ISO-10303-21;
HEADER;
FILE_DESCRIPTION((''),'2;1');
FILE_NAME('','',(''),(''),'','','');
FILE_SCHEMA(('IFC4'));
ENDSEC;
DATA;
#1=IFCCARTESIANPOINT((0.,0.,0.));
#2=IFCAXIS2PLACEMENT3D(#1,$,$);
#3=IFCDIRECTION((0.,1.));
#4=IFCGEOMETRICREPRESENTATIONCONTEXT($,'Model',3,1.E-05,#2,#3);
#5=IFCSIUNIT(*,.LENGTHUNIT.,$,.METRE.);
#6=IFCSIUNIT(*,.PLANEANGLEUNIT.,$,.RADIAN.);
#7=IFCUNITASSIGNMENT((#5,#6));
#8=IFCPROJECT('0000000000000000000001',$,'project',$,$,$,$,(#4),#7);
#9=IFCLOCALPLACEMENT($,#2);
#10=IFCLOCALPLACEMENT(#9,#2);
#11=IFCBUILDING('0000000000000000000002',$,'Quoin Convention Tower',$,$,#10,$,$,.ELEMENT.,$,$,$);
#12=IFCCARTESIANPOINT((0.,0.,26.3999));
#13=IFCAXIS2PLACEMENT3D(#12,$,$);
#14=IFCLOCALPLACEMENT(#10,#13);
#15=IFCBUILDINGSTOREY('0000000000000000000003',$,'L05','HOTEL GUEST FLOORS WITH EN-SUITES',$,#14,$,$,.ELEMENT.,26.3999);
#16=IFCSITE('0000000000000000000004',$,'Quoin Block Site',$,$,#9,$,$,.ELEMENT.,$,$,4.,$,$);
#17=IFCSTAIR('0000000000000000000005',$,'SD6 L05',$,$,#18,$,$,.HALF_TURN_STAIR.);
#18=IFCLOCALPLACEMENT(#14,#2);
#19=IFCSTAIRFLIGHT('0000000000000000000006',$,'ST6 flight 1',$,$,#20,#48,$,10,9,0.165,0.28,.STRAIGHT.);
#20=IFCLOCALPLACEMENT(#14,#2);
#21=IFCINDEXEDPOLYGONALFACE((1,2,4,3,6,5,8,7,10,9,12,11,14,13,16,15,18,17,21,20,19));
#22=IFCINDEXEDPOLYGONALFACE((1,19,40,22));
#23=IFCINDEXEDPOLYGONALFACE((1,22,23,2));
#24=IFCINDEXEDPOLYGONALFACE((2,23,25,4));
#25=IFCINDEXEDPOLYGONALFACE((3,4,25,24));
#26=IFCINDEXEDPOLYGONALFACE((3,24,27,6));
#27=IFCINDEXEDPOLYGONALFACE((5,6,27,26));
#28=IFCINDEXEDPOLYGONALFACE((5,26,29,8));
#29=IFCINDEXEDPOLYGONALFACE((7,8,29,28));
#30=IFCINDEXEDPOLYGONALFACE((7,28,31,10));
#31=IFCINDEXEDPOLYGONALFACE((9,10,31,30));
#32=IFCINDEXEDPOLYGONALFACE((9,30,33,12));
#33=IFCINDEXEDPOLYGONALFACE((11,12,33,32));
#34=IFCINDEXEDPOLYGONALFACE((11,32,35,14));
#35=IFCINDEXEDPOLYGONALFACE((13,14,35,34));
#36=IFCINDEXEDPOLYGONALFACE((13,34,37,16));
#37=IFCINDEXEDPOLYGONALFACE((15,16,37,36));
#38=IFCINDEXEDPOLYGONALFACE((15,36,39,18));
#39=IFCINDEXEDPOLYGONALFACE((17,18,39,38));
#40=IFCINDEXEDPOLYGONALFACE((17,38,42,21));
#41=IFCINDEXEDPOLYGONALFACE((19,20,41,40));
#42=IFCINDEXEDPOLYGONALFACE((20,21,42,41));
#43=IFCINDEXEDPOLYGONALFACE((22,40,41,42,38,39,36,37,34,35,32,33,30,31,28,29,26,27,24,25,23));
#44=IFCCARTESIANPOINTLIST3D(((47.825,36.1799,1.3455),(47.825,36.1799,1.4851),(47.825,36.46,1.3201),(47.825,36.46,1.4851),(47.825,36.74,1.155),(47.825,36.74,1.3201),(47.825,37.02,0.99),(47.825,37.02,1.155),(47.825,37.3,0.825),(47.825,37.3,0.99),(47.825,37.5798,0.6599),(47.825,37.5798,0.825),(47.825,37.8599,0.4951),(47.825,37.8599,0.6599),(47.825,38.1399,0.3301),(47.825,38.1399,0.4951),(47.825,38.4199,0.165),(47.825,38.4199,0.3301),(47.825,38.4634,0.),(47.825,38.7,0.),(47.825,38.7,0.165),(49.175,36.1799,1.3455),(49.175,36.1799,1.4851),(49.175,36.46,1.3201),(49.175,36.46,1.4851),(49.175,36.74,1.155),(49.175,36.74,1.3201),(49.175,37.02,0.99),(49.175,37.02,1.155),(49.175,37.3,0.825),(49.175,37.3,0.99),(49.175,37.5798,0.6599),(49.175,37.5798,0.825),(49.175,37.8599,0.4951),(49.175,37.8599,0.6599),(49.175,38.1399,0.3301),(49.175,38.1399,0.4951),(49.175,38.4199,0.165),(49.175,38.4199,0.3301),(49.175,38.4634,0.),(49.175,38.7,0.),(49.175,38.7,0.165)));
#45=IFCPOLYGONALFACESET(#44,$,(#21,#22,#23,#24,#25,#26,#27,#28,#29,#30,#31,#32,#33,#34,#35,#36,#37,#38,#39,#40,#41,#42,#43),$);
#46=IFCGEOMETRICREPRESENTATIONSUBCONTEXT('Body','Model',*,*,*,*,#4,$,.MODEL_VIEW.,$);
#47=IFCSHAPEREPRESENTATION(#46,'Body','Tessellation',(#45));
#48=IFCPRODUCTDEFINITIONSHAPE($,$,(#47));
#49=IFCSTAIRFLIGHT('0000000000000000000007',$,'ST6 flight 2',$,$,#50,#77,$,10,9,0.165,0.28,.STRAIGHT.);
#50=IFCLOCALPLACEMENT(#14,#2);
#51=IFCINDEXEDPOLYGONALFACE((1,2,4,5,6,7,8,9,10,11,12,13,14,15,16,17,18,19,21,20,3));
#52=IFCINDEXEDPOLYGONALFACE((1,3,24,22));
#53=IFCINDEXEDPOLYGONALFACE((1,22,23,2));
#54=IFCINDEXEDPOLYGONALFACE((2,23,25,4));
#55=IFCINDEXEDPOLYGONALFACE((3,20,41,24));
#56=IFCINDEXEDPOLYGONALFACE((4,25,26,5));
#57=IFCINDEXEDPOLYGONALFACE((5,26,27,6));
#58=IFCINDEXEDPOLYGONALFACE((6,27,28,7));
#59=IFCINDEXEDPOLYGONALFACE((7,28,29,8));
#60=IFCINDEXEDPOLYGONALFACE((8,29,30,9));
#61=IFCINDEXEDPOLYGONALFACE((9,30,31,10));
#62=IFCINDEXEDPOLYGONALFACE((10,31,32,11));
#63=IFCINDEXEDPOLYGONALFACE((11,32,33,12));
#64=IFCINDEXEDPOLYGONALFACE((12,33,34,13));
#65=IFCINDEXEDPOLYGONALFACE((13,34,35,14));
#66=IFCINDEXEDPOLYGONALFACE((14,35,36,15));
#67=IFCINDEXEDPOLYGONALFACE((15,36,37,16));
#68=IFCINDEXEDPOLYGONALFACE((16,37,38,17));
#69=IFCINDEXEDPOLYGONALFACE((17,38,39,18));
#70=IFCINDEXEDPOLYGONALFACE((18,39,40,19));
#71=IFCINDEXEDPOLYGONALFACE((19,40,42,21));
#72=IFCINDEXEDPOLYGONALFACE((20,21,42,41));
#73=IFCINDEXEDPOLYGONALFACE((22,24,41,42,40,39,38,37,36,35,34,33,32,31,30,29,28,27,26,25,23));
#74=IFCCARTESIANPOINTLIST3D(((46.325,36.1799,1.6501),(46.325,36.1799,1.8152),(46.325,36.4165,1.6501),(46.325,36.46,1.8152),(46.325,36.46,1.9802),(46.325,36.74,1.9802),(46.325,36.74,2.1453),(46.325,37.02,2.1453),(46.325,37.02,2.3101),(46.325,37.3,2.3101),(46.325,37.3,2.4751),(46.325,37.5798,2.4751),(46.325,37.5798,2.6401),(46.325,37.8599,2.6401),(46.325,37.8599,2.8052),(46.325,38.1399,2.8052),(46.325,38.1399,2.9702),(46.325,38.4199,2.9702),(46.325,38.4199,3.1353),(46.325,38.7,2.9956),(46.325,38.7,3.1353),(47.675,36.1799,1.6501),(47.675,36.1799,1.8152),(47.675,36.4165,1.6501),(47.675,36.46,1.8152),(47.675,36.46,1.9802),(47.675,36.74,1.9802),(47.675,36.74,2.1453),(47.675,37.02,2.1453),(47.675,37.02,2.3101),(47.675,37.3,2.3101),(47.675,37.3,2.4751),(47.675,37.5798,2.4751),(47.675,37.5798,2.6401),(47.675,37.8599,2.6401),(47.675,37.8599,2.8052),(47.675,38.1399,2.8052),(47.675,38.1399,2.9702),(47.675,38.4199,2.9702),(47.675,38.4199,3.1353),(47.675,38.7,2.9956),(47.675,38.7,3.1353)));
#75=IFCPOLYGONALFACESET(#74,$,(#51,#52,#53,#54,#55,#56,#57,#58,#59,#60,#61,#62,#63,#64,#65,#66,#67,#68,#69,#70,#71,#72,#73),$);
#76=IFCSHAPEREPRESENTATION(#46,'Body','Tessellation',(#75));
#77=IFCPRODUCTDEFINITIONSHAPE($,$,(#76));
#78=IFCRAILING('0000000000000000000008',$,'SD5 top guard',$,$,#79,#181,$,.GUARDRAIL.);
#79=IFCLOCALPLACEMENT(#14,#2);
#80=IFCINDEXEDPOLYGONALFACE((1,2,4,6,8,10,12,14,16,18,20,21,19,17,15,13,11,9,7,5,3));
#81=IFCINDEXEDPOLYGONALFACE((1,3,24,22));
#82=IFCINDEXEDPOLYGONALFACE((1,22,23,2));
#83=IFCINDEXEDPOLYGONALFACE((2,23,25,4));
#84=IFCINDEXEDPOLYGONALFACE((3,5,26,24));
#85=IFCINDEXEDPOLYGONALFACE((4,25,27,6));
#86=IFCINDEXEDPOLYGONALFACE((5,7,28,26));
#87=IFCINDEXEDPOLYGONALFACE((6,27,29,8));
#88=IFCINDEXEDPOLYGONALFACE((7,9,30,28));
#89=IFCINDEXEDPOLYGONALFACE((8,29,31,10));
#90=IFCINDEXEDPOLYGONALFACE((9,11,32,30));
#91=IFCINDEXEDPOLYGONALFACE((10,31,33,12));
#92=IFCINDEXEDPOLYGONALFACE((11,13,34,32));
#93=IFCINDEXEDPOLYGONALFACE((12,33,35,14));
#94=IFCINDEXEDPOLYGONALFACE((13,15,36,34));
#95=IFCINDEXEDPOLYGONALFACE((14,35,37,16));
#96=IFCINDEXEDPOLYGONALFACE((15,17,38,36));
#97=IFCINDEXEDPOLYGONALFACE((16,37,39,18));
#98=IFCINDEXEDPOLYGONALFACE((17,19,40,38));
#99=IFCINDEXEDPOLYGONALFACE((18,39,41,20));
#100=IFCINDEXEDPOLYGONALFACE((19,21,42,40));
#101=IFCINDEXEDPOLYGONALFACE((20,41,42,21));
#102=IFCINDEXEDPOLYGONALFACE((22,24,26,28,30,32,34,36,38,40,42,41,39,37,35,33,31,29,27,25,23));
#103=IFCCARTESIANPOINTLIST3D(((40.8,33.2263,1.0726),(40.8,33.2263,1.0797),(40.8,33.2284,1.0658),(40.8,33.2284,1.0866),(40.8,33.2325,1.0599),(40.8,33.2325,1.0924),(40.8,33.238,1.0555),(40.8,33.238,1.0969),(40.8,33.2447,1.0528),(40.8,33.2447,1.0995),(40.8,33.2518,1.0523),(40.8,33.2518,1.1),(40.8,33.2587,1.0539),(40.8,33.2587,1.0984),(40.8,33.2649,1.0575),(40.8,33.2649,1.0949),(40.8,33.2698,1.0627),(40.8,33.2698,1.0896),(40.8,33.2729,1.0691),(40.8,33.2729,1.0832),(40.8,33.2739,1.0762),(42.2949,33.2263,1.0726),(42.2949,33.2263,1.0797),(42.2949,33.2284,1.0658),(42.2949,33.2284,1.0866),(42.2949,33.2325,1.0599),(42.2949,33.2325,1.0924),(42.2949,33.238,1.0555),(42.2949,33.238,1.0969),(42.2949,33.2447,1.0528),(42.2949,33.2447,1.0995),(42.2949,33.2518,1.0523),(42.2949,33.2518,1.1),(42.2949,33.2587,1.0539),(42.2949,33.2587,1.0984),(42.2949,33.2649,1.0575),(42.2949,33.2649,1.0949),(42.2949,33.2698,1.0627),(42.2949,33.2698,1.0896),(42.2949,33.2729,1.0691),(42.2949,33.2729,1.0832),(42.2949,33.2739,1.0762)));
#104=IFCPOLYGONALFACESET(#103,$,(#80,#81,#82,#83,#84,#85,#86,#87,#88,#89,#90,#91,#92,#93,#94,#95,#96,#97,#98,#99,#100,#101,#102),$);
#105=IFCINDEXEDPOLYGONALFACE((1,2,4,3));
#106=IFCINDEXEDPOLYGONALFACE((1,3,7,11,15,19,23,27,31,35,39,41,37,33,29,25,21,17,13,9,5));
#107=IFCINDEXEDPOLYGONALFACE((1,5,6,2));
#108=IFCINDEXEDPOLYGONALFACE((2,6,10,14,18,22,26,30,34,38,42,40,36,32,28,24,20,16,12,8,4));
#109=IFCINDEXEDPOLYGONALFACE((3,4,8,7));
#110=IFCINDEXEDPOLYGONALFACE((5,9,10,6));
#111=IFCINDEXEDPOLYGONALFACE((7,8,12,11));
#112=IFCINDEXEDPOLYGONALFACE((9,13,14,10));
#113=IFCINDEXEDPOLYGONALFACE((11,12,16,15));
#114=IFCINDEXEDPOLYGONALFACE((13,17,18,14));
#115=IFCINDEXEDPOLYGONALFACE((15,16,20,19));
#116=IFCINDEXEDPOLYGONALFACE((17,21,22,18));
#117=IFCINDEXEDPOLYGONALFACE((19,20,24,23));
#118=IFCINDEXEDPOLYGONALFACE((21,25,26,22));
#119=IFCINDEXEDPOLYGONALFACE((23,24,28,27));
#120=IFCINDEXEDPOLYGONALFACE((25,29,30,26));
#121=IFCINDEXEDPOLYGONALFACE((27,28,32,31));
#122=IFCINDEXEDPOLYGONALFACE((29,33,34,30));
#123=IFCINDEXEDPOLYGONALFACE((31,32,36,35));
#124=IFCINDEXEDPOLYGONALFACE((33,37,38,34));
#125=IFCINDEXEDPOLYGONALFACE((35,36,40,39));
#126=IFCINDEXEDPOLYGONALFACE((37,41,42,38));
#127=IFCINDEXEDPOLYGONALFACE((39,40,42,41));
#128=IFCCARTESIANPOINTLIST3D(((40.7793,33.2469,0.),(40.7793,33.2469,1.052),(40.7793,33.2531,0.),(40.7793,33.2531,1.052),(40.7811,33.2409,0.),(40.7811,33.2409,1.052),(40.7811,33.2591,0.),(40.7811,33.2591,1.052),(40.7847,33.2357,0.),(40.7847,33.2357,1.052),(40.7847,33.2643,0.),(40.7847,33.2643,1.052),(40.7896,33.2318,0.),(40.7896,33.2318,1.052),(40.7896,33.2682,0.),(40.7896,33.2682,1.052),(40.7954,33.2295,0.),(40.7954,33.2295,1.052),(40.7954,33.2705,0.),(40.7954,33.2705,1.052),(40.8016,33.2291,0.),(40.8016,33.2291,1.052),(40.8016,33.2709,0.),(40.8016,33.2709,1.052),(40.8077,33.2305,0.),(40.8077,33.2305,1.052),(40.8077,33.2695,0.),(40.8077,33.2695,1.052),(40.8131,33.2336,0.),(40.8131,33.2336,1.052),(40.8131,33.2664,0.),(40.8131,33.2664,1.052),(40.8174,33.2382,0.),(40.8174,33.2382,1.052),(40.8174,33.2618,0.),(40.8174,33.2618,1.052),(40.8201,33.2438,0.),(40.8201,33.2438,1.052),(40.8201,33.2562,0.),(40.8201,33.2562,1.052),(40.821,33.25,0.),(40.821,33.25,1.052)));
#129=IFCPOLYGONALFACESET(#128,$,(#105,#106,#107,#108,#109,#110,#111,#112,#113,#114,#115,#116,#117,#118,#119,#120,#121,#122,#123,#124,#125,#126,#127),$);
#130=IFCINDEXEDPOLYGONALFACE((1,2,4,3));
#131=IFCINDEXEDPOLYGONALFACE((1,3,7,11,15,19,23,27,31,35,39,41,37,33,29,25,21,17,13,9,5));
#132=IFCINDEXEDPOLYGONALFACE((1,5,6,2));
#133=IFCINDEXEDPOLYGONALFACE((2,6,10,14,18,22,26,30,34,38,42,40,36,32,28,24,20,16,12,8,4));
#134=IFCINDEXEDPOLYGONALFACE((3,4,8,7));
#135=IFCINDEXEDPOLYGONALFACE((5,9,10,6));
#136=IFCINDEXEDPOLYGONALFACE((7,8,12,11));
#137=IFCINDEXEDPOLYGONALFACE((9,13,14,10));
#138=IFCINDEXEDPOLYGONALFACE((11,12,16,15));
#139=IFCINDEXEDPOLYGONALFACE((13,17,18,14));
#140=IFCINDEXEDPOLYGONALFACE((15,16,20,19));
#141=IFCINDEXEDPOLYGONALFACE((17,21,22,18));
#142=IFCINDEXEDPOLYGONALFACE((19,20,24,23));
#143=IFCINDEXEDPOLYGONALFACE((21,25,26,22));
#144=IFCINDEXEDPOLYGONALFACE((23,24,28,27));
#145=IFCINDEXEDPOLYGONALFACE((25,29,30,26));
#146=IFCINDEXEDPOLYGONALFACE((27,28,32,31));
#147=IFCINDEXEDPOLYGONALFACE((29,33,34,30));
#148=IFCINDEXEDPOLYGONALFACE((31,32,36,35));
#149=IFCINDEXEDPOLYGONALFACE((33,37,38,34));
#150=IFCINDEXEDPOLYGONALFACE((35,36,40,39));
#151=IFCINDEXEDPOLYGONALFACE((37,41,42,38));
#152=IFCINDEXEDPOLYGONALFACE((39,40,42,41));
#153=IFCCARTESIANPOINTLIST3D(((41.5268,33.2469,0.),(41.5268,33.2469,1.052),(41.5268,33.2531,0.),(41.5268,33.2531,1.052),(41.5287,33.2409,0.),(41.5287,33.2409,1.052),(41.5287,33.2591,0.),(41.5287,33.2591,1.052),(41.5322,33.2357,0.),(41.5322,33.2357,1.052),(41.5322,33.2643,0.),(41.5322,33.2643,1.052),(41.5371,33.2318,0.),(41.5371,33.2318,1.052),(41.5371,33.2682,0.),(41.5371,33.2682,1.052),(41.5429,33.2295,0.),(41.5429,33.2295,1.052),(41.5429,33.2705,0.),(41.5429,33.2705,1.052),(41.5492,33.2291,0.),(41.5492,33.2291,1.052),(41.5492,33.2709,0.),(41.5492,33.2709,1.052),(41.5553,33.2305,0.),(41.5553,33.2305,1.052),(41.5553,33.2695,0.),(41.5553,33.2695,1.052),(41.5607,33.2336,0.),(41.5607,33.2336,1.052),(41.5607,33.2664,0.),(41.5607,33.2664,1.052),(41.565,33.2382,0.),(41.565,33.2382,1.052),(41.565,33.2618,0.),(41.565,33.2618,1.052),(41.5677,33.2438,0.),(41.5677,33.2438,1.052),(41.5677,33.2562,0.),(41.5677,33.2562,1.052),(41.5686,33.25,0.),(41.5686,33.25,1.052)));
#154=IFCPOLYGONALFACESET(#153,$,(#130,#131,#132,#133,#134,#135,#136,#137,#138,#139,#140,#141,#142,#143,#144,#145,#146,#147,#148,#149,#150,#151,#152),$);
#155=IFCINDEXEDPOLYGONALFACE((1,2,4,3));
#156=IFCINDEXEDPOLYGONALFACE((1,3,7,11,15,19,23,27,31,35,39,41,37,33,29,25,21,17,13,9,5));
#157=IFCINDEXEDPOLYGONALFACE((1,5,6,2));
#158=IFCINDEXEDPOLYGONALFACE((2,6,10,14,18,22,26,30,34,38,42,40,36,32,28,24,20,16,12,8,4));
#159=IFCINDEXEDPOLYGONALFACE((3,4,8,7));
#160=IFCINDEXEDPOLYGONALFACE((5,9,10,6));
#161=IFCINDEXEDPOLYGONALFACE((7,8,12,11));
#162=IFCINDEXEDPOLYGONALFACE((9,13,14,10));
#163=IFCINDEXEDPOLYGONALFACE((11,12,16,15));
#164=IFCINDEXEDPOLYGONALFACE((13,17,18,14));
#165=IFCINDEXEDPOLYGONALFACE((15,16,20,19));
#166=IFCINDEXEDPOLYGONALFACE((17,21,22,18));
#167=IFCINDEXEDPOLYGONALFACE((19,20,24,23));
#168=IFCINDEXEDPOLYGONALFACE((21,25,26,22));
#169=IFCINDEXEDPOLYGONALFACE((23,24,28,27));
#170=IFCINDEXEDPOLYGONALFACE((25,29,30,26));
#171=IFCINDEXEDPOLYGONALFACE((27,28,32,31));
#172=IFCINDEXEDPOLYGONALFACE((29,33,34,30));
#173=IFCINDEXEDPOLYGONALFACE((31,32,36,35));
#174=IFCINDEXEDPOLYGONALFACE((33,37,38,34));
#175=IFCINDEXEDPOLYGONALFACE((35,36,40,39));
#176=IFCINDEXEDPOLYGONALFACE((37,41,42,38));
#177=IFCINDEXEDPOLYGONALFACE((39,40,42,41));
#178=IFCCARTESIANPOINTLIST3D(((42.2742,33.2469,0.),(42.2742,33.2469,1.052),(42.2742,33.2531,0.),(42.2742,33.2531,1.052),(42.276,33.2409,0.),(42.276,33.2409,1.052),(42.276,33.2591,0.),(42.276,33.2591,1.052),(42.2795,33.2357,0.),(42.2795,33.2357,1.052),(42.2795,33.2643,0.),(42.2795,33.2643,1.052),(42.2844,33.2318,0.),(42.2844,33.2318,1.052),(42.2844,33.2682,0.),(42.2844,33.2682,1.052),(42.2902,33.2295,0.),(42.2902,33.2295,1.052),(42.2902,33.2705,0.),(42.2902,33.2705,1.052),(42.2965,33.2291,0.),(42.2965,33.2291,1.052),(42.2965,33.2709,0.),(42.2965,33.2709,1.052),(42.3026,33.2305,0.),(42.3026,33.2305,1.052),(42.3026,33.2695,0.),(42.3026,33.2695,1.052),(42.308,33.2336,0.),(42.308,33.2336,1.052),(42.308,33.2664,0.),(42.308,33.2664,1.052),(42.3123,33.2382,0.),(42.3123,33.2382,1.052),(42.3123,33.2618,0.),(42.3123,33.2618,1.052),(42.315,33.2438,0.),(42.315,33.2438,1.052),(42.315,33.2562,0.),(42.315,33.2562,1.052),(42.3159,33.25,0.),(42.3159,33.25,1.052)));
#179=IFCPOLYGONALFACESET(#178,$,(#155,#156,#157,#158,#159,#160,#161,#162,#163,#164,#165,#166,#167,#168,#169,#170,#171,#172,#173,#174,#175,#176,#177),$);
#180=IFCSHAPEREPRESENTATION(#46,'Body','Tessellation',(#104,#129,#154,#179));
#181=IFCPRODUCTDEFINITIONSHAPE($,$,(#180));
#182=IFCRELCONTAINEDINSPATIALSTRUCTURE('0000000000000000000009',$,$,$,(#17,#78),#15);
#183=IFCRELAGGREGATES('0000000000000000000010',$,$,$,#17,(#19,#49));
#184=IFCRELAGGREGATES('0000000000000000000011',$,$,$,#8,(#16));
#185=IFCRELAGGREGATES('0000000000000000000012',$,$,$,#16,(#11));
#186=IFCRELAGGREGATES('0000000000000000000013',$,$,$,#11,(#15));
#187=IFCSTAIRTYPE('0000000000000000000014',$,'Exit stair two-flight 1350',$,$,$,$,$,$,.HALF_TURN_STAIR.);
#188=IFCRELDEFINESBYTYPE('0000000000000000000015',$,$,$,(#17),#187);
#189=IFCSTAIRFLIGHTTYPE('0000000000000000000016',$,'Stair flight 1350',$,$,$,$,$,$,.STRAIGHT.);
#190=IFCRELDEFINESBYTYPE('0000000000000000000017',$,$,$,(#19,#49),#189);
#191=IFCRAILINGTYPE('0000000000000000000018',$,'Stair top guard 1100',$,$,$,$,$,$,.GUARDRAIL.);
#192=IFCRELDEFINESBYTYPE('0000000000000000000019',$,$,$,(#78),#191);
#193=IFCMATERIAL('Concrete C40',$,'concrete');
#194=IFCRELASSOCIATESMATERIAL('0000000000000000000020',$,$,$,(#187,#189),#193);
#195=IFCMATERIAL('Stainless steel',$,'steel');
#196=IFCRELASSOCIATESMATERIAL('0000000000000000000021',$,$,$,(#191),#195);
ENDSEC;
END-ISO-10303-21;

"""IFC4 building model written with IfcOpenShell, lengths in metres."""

from ifc_helpers import new_model, si_unit, direction, frame, origin, origin_2d, place, context, subcontext, project, spatial, polyline, circle, outline, extrude, material, type_object, element, aggregate, save


model = new_model("IFC4")

# Units and contexts
model_context = context("Model", 3, precision=1e-05, world=origin(), true_north=direction((0.0, 1.0)))
body_context = subcontext(model_context, "Body", "Model", "MODEL_VIEW")
ifc_project = project(units=[si_unit("LENGTHUNIT", "METRE"), si_unit("PLANEANGLEUNIT", "RADIAN")], contexts=[model_context])

# Site, building, storey
site_placement = place(None, origin())
site = spatial("IfcSite", under=ifc_project, at=site_placement, Name="Quoin Block Site", CompositionType="ELEMENT", RefElevation=4.0)
building_placement = place(site_placement, origin())
building = spatial("IfcBuilding", under=site, at=building_placement, Name="Quoin Convention Tower", CompositionType="ELEMENT")
storey_placement = place(building_placement, frame((0.0, 0.0, 26.3999)))
storey = spatial("IfcBuildingStorey", under=building, at=storey_placement, Name="L05", Description="HOTEL GUEST FLOORS WITH EN-SUITES", CompositionType="ELEMENT", Elevation=26.3999)

# Stair, stair flights
ifc_material_1 = material(Name="Concrete C40", Category="concrete")
stair_type = type_object("IfcStairType", Name="Exit stair two-flight 1350", PredefinedType="HALF_TURN_STAIR", material=ifc_material_1)
stair_flight_type = type_object("IfcStairFlightType", Name="Stair flight 1350", PredefinedType="STRAIGHT", material=ifc_material_1)
stair_1_placement = place(storey_placement, origin())
stair_1 = element("IfcStair", 1, at=stair_1_placement, inside=storey, type_object=stair_type, Name="SD6 L05", PredefinedType="HALF_TURN_STAIR")
stair_flight_1_placement = place(storey_placement, frame((48.5, 38.7, 0.0), z_axis=(0.0, 0.0, 1.0), x_axis=(0.0, -1.0, 0.0)))
stair_flight_1 = element("IfcStairFlight", 2, at=stair_flight_1_placement, type_object=stair_flight_type, Name="ST6 flight 1", NumberOfRisers=10, NumberOfTreads=9, PredefinedType="STRAIGHT", RiserHeight=0.165, TreadLength=0.28, context=body_context, shape_type="SweptSolid", body=[
    extrude(outline(polyline([(0.0, 0.0), (0.0, 0.165), (0.28, 0.165), (0.28, 0.3301), (0.5601, 0.3301), (0.5601, 0.4951), (0.8401, 0.4951), (0.8401, 0.6599), (1.1201, 0.6599), (1.1201, 0.825), (1.3999, 0.825), (1.3999, 0.99), (1.6799, 0.99), (1.6799, 1.155), (1.96, 1.155), (1.96, 1.3201), (2.24, 1.3201), (2.24, 1.4851), (2.52, 1.4851), (2.52, 1.6499), (2.52, 1.3455), (0.2366, 0.0), (0.0, 0.0)])), frame((0.0, 0.675, 0.0), z_axis=(0.0, -1.0, 0.0), x_axis=(1.0, 0.0, 0.0)), (0.0, 0.0, 1.0), 1.3501),
])
stair_flight_2_placement = place(storey_placement, frame((47.0, 36.1799, 1.6501), z_axis=(0.0, 0.0, 1.0), x_axis=(0.0, 1.0, 0.0)))
stair_flight_2 = element("IfcStairFlight", 3, at=stair_flight_2_placement, type_object=stair_flight_type, Name="ST6 flight 2", NumberOfRisers=10, NumberOfTreads=9, PredefinedType="STRAIGHT", RiserHeight=0.165, TreadLength=0.28, context=body_context, shape_type="SweptSolid", body=[
    extrude(outline(polyline([(0.0, 0.0), (0.0, 0.165), (0.28, 0.165), (0.28, 0.3301), (0.5601, 0.3301), (0.5601, 0.4951), (0.8401, 0.4951), (0.8401, 0.6599), (1.1201, 0.6599), (1.1201, 0.825), (1.3999, 0.825), (1.3999, 0.99), (1.6799, 0.99), (1.6799, 1.155), (1.96, 1.155), (1.96, 1.3201), (2.24, 1.3201), (2.24, 1.4851), (2.52, 1.4851), (2.52, 1.6499), (2.52, 1.3455), (0.2366, 0.0), (0.0, 0.0)])), frame((0.0, 0.675, 0.0), z_axis=(0.0, -1.0, 0.0), x_axis=(1.0, 0.0, 0.0)), (0.0, 0.0, 1.0), 1.3501),
])
aggregate(stair_1, [stair_flight_1, stair_flight_2])

# Railing
ifc_material_2 = material(Name="Stainless steel", Category="steel")
railing_type_1 = type_object("IfcRailingType", Name="Stair top guard 1100", PredefinedType="GUARDRAIL", material=ifc_material_2)
railing_1_placement = place(storey_placement, frame((40.8, 33.25, 0.0)))
element("IfcRailing", 4, at=railing_1_placement, inside=storey, type_object=railing_type_1, Name="SD5 top guard", PredefinedType="GUARDRAIL", context=body_context, shape_type="SweptSolid", body=[
    extrude(circle(Radius=0.0239, at=origin_2d()), frame((0.0, 0.0, 1.0762), z_axis=(1.0, 0.0, 0.0), x_axis=(0.0, 1.0, 0.0)), (0.0, 0.0, 1.0), 1.4949),
    extrude(circle(Radius=0.021, at=origin_2d()), origin(), (0.0, 0.0, 1.0), 1.052),
    extrude(circle(Radius=0.021, at=origin_2d()), frame((0.7476, 0.0, 0.0)), (0.0, 0.0, 1.0), 1.052),
    extrude(circle(Radius=0.021, at=origin_2d()), frame((1.4949, 0.0, 0.0)), (0.0, 0.0, 1.0), 1.052),
])

save(model, "model.ifc")
